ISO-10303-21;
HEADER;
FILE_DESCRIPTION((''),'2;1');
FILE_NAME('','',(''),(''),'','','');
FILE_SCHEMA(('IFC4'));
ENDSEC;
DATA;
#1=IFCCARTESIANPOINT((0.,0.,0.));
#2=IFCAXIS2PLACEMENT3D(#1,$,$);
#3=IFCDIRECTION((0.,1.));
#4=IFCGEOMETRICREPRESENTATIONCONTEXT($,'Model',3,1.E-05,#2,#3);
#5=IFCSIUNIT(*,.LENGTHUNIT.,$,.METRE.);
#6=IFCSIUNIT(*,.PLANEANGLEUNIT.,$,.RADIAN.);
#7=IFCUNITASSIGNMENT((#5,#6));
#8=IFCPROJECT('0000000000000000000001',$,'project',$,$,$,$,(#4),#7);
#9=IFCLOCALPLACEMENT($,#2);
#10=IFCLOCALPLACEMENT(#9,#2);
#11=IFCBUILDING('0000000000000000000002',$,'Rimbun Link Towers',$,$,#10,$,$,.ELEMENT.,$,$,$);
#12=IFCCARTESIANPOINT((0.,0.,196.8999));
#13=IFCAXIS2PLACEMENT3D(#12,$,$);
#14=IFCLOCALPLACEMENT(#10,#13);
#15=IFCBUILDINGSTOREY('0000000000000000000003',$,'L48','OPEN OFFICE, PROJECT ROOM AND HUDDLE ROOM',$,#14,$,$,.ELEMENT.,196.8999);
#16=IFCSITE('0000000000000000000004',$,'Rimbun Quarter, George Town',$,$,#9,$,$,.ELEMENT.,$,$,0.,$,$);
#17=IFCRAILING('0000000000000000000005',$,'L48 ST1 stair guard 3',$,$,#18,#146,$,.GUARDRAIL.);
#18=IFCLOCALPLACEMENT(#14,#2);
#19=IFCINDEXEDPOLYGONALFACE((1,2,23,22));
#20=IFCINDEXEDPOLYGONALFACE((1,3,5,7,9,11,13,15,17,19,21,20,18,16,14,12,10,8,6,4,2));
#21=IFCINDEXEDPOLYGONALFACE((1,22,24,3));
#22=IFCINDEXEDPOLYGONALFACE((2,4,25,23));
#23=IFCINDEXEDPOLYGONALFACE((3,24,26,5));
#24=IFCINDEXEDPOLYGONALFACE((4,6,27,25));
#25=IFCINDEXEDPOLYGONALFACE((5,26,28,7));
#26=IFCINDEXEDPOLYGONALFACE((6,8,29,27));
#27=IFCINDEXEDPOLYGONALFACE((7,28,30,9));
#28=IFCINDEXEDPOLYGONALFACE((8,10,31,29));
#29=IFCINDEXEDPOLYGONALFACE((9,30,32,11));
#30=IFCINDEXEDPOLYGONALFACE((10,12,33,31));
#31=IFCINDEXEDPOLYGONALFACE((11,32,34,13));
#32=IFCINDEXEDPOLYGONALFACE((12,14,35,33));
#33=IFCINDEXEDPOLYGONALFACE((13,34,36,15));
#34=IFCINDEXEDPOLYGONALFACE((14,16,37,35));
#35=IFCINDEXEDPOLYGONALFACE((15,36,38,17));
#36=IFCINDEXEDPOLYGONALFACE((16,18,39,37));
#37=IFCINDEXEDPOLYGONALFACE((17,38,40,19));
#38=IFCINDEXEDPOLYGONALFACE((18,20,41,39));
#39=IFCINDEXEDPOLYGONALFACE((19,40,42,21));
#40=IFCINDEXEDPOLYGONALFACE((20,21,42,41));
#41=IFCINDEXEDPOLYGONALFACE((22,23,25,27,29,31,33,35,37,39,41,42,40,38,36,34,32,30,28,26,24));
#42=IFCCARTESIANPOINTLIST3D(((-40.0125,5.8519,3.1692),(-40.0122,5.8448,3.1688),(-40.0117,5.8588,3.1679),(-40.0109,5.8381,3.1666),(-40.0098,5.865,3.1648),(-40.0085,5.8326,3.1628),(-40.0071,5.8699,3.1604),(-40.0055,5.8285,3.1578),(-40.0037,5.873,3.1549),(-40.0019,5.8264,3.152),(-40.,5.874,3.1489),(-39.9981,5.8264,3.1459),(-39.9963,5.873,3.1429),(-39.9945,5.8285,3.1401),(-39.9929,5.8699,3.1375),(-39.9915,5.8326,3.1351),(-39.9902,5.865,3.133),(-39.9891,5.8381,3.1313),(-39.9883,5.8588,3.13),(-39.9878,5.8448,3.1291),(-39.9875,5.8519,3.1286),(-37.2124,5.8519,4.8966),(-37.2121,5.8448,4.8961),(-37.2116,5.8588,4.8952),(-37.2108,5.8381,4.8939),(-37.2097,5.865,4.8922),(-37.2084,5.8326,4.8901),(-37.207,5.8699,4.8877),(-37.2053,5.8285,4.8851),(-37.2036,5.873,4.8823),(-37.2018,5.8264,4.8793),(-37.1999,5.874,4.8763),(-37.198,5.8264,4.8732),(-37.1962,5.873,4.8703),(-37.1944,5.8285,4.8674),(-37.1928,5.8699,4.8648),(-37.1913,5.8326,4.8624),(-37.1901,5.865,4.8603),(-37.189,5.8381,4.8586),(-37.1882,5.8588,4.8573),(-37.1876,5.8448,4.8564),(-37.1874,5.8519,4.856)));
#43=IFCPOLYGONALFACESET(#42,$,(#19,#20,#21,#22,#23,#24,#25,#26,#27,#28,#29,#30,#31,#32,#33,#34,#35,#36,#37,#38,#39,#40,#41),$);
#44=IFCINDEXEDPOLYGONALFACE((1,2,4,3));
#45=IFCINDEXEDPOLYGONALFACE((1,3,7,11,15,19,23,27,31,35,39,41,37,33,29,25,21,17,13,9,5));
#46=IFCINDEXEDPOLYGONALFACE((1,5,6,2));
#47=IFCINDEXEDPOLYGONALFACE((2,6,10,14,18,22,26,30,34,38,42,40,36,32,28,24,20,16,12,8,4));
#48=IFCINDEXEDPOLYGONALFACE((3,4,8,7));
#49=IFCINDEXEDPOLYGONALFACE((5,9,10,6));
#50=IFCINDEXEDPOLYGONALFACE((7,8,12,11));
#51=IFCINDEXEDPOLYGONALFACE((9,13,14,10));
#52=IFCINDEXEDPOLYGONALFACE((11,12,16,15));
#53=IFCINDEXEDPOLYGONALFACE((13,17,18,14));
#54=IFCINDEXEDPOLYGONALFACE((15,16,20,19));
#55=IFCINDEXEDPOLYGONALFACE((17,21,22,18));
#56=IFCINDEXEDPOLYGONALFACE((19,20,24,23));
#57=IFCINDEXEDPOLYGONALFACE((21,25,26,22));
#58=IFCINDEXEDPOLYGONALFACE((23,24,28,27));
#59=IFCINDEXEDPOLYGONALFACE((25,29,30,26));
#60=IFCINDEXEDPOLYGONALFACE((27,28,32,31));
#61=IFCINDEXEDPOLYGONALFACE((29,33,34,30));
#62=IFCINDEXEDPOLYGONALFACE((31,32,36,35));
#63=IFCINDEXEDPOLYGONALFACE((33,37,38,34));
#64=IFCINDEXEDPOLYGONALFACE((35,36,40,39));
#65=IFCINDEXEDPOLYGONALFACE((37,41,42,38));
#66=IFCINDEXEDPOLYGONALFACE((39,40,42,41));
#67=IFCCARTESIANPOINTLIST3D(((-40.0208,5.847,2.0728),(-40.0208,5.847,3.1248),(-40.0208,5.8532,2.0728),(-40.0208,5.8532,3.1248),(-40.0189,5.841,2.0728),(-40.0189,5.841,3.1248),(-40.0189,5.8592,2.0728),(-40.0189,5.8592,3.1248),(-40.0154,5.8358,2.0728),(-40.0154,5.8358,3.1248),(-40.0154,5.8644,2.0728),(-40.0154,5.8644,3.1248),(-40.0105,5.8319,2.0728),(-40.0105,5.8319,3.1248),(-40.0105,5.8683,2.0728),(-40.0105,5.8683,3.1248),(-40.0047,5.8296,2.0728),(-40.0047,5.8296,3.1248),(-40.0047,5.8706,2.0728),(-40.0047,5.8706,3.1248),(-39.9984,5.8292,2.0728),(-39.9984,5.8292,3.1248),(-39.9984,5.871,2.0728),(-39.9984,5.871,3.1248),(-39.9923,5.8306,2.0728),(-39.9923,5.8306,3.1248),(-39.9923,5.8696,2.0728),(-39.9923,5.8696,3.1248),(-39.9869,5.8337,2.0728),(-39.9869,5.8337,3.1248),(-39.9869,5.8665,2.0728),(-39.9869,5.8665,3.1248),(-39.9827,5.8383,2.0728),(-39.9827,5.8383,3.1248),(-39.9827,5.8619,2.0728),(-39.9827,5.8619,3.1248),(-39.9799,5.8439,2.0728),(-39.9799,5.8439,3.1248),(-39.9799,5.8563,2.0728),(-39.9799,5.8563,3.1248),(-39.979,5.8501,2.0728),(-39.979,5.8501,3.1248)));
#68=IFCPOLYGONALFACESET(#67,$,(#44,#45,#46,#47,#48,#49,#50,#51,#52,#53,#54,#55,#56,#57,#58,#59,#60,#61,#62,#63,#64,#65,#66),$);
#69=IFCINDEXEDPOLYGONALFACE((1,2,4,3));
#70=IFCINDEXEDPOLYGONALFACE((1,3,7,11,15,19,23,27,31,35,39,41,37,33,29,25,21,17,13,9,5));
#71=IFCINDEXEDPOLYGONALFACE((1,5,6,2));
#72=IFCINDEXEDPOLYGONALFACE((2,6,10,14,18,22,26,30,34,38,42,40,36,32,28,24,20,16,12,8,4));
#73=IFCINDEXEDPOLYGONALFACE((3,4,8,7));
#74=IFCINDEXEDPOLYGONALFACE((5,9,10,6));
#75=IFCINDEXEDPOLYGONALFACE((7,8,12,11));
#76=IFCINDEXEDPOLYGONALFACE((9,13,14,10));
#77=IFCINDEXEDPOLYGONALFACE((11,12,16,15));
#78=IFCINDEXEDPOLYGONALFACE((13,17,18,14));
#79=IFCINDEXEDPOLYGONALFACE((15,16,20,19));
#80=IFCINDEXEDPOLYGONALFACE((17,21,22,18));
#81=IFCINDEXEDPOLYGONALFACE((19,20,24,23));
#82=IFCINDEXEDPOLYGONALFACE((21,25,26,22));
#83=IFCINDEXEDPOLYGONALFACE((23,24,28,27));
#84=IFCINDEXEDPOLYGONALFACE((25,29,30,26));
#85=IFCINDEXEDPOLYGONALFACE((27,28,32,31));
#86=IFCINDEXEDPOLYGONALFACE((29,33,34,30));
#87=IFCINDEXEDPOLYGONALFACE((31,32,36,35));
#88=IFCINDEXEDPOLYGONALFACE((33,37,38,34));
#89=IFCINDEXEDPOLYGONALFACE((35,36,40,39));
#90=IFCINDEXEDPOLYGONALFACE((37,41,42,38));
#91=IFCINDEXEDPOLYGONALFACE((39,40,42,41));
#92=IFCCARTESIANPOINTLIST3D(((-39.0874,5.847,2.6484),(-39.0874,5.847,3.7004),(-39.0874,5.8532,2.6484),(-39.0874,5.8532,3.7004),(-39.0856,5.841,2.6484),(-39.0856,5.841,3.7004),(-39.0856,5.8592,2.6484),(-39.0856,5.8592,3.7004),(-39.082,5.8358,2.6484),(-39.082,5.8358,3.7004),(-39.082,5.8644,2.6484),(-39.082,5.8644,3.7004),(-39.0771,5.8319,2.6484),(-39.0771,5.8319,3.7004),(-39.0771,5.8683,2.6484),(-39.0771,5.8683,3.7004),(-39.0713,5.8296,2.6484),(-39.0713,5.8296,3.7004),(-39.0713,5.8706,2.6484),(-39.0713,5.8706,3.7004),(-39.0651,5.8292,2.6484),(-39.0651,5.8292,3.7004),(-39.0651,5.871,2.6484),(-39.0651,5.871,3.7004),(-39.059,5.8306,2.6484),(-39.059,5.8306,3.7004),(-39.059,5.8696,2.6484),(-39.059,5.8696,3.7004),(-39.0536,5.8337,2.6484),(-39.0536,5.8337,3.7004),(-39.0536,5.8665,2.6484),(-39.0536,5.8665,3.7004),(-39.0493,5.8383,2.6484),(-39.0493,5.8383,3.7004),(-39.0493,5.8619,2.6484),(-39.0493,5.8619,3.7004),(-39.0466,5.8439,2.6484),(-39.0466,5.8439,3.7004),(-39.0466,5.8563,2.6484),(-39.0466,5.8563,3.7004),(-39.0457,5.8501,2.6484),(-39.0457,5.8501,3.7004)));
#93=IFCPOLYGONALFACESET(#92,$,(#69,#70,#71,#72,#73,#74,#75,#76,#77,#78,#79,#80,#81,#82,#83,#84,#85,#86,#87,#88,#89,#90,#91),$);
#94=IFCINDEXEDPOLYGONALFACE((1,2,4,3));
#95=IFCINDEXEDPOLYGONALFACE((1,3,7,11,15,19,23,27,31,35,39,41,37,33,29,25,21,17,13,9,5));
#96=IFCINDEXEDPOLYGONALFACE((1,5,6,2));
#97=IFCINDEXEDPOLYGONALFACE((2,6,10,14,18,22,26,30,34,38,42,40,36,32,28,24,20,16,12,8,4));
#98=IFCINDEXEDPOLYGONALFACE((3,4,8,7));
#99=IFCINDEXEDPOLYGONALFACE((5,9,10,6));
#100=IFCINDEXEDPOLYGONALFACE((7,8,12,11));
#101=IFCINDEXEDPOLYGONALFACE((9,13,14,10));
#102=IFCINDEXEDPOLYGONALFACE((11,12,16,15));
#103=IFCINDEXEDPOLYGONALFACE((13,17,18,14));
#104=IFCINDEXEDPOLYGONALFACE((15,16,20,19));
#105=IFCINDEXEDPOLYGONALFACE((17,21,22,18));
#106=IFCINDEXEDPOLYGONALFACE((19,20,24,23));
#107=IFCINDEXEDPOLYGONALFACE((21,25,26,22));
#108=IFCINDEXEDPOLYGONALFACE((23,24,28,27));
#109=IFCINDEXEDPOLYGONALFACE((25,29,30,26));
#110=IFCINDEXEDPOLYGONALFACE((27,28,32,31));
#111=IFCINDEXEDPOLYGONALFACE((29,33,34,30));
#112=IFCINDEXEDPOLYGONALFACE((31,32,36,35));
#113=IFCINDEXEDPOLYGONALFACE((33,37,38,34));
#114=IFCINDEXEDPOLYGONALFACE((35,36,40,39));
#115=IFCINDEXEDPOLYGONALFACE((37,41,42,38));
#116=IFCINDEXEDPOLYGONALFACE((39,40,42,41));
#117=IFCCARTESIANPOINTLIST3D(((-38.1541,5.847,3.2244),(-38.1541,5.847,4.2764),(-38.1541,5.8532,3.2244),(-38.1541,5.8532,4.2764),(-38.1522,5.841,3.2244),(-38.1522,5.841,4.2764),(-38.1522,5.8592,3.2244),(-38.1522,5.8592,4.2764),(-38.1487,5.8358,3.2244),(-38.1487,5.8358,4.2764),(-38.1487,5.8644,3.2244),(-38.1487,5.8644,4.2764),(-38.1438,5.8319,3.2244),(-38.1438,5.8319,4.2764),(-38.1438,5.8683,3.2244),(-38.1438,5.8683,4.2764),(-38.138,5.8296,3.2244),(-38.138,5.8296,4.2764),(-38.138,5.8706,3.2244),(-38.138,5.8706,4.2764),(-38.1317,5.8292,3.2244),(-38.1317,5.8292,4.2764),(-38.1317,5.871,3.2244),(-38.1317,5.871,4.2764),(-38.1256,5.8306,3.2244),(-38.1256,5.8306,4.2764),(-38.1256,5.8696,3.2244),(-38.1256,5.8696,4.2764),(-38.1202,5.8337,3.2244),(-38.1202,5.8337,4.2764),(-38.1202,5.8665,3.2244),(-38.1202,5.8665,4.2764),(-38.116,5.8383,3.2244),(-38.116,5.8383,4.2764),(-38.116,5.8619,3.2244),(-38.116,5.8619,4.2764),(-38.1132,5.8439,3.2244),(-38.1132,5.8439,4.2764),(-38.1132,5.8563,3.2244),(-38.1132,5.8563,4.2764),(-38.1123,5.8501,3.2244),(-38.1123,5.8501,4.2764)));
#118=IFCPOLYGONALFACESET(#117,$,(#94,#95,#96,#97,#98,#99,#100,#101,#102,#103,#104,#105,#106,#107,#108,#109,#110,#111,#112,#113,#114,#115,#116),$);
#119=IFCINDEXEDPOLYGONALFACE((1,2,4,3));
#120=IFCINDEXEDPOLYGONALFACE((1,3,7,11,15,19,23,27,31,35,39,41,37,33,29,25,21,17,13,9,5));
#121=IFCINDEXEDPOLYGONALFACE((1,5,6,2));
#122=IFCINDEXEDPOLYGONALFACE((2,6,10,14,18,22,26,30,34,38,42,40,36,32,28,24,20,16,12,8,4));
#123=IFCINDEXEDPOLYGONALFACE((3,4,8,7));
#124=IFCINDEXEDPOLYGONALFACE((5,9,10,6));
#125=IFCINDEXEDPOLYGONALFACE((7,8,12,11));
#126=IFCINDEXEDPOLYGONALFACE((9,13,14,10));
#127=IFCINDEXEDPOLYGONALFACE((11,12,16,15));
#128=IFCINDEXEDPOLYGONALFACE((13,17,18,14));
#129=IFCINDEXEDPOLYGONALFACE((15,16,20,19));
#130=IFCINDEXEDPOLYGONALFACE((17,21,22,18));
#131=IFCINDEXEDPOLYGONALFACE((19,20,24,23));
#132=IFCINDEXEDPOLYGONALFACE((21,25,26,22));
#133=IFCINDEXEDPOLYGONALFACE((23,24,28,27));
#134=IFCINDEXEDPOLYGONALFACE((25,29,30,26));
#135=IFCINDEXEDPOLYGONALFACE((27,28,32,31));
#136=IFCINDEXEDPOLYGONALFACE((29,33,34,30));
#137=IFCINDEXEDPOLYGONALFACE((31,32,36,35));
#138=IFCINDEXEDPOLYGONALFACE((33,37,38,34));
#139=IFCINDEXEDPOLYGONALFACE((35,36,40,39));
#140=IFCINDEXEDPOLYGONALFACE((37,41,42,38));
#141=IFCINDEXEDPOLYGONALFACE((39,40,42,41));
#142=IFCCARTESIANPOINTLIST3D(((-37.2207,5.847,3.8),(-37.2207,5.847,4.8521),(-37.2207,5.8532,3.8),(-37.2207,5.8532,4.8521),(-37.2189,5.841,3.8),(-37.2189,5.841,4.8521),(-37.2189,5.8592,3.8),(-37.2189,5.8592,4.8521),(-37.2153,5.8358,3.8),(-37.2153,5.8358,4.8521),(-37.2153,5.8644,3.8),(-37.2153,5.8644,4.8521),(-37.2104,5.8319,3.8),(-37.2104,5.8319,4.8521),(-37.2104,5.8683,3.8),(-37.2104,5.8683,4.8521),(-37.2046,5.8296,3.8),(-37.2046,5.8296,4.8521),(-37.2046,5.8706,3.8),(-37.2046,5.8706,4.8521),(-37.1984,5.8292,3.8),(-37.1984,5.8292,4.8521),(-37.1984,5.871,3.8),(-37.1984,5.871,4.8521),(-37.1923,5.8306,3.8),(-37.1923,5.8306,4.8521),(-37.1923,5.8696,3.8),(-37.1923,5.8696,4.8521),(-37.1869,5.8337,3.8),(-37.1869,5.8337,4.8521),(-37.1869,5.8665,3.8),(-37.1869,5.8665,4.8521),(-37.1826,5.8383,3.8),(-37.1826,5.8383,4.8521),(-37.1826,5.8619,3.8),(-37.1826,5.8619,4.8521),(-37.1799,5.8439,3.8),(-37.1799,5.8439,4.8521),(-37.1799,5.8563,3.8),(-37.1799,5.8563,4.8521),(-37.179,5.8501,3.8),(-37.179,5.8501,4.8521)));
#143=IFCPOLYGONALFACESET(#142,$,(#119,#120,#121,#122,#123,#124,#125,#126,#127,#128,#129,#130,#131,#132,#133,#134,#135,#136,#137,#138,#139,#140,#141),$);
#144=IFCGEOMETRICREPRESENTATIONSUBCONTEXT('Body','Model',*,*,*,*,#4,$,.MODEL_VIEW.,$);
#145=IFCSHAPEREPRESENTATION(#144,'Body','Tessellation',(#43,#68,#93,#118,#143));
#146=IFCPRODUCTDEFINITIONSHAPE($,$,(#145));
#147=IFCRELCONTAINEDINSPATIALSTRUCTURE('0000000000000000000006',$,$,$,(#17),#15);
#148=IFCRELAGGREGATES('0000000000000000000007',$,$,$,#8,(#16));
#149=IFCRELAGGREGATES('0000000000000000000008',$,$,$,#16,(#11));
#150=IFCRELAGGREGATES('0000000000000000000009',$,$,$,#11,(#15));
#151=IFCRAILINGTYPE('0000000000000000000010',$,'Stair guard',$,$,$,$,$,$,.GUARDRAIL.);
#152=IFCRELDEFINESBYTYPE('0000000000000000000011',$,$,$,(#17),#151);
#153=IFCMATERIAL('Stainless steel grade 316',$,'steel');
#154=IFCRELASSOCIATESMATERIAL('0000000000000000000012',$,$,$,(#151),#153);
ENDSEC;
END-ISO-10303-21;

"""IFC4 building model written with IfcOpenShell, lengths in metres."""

from ifc_helpers import new_model, si_unit, direction, frame, origin, origin_2d, place, context, subcontext, project, spatial, circle, extrude, material, type_object, element, save


model = new_model("IFC4")

# Units and contexts
model_context = context("Model", 3, precision=1e-05, world=origin(), true_north=direction((0.0, 1.0)))
body_context = subcontext(model_context, "Body", "Model", "MODEL_VIEW")
ifc_project = project(units=[si_unit("LENGTHUNIT", "METRE"), si_unit("PLANEANGLEUNIT", "RADIAN")], contexts=[model_context])

# Site, building, storey
site_placement = place(None, origin())
site = spatial("IfcSite", under=ifc_project, at=site_placement, Name="Rimbun Quarter, George Town", CompositionType="ELEMENT", RefElevation=0.0)
building_placement = place(site_placement, origin())
building = spatial("IfcBuilding", under=site, at=building_placement, Name="Rimbun Link Towers", CompositionType="ELEMENT")
storey_placement = place(building_placement, frame((0.0, 0.0, 196.8999)))
storey = spatial("IfcBuildingStorey", under=building, at=storey_placement, Name="L48", Description="OPEN OFFICE, PROJECT ROOM AND HUDDLE ROOM", CompositionType="ELEMENT", Elevation=196.8999)

# Railing
ifc_material_1 = material(Name="Stainless steel grade 316", Category="steel")
railing_type_1 = type_object("IfcRailingType", Name="Stair guard", PredefinedType="GUARDRAIL", material=ifc_material_1)
railing_1_placement = place(storey_placement, frame((-40.0, 5.8501, 2.0728)))
element("IfcRailing", 1, at=railing_1_placement, inside=storey, type_object=railing_type_1, Name="L48 ST1 stair guard 3", PredefinedType="GUARDRAIL", context=body_context, shape_type="SweptSolid", body=[
    extrude(circle(Radius=0.0239, at=origin_2d()), frame((0.0, 0.0, 1.0762), z_axis=(0.85109, 0.0, 0.52502), x_axis=(0.0, 1.0, 0.0)), (0.0, 0.0, 1.0), 3.29),
    extrude(circle(Radius=0.021, at=origin_2d()), origin(), (0.0, 0.0, 1.0), 1.052),
    extrude(circle(Radius=0.021, at=origin_2d()), frame((0.9333, 0.0, 0.5757)), (0.0, 0.0, 1.0), 1.052),
    extrude(circle(Radius=0.021, at=origin_2d()), frame((1.8667, 0.0, 1.1516)), (0.0, 0.0, 1.0), 1.052),
    extrude(circle(Radius=0.021, at=origin_2d()), frame((2.8, 0.0, 1.7273)), (0.0, 0.0, 1.0), 1.052),
])

save(model, "model.ifc")
